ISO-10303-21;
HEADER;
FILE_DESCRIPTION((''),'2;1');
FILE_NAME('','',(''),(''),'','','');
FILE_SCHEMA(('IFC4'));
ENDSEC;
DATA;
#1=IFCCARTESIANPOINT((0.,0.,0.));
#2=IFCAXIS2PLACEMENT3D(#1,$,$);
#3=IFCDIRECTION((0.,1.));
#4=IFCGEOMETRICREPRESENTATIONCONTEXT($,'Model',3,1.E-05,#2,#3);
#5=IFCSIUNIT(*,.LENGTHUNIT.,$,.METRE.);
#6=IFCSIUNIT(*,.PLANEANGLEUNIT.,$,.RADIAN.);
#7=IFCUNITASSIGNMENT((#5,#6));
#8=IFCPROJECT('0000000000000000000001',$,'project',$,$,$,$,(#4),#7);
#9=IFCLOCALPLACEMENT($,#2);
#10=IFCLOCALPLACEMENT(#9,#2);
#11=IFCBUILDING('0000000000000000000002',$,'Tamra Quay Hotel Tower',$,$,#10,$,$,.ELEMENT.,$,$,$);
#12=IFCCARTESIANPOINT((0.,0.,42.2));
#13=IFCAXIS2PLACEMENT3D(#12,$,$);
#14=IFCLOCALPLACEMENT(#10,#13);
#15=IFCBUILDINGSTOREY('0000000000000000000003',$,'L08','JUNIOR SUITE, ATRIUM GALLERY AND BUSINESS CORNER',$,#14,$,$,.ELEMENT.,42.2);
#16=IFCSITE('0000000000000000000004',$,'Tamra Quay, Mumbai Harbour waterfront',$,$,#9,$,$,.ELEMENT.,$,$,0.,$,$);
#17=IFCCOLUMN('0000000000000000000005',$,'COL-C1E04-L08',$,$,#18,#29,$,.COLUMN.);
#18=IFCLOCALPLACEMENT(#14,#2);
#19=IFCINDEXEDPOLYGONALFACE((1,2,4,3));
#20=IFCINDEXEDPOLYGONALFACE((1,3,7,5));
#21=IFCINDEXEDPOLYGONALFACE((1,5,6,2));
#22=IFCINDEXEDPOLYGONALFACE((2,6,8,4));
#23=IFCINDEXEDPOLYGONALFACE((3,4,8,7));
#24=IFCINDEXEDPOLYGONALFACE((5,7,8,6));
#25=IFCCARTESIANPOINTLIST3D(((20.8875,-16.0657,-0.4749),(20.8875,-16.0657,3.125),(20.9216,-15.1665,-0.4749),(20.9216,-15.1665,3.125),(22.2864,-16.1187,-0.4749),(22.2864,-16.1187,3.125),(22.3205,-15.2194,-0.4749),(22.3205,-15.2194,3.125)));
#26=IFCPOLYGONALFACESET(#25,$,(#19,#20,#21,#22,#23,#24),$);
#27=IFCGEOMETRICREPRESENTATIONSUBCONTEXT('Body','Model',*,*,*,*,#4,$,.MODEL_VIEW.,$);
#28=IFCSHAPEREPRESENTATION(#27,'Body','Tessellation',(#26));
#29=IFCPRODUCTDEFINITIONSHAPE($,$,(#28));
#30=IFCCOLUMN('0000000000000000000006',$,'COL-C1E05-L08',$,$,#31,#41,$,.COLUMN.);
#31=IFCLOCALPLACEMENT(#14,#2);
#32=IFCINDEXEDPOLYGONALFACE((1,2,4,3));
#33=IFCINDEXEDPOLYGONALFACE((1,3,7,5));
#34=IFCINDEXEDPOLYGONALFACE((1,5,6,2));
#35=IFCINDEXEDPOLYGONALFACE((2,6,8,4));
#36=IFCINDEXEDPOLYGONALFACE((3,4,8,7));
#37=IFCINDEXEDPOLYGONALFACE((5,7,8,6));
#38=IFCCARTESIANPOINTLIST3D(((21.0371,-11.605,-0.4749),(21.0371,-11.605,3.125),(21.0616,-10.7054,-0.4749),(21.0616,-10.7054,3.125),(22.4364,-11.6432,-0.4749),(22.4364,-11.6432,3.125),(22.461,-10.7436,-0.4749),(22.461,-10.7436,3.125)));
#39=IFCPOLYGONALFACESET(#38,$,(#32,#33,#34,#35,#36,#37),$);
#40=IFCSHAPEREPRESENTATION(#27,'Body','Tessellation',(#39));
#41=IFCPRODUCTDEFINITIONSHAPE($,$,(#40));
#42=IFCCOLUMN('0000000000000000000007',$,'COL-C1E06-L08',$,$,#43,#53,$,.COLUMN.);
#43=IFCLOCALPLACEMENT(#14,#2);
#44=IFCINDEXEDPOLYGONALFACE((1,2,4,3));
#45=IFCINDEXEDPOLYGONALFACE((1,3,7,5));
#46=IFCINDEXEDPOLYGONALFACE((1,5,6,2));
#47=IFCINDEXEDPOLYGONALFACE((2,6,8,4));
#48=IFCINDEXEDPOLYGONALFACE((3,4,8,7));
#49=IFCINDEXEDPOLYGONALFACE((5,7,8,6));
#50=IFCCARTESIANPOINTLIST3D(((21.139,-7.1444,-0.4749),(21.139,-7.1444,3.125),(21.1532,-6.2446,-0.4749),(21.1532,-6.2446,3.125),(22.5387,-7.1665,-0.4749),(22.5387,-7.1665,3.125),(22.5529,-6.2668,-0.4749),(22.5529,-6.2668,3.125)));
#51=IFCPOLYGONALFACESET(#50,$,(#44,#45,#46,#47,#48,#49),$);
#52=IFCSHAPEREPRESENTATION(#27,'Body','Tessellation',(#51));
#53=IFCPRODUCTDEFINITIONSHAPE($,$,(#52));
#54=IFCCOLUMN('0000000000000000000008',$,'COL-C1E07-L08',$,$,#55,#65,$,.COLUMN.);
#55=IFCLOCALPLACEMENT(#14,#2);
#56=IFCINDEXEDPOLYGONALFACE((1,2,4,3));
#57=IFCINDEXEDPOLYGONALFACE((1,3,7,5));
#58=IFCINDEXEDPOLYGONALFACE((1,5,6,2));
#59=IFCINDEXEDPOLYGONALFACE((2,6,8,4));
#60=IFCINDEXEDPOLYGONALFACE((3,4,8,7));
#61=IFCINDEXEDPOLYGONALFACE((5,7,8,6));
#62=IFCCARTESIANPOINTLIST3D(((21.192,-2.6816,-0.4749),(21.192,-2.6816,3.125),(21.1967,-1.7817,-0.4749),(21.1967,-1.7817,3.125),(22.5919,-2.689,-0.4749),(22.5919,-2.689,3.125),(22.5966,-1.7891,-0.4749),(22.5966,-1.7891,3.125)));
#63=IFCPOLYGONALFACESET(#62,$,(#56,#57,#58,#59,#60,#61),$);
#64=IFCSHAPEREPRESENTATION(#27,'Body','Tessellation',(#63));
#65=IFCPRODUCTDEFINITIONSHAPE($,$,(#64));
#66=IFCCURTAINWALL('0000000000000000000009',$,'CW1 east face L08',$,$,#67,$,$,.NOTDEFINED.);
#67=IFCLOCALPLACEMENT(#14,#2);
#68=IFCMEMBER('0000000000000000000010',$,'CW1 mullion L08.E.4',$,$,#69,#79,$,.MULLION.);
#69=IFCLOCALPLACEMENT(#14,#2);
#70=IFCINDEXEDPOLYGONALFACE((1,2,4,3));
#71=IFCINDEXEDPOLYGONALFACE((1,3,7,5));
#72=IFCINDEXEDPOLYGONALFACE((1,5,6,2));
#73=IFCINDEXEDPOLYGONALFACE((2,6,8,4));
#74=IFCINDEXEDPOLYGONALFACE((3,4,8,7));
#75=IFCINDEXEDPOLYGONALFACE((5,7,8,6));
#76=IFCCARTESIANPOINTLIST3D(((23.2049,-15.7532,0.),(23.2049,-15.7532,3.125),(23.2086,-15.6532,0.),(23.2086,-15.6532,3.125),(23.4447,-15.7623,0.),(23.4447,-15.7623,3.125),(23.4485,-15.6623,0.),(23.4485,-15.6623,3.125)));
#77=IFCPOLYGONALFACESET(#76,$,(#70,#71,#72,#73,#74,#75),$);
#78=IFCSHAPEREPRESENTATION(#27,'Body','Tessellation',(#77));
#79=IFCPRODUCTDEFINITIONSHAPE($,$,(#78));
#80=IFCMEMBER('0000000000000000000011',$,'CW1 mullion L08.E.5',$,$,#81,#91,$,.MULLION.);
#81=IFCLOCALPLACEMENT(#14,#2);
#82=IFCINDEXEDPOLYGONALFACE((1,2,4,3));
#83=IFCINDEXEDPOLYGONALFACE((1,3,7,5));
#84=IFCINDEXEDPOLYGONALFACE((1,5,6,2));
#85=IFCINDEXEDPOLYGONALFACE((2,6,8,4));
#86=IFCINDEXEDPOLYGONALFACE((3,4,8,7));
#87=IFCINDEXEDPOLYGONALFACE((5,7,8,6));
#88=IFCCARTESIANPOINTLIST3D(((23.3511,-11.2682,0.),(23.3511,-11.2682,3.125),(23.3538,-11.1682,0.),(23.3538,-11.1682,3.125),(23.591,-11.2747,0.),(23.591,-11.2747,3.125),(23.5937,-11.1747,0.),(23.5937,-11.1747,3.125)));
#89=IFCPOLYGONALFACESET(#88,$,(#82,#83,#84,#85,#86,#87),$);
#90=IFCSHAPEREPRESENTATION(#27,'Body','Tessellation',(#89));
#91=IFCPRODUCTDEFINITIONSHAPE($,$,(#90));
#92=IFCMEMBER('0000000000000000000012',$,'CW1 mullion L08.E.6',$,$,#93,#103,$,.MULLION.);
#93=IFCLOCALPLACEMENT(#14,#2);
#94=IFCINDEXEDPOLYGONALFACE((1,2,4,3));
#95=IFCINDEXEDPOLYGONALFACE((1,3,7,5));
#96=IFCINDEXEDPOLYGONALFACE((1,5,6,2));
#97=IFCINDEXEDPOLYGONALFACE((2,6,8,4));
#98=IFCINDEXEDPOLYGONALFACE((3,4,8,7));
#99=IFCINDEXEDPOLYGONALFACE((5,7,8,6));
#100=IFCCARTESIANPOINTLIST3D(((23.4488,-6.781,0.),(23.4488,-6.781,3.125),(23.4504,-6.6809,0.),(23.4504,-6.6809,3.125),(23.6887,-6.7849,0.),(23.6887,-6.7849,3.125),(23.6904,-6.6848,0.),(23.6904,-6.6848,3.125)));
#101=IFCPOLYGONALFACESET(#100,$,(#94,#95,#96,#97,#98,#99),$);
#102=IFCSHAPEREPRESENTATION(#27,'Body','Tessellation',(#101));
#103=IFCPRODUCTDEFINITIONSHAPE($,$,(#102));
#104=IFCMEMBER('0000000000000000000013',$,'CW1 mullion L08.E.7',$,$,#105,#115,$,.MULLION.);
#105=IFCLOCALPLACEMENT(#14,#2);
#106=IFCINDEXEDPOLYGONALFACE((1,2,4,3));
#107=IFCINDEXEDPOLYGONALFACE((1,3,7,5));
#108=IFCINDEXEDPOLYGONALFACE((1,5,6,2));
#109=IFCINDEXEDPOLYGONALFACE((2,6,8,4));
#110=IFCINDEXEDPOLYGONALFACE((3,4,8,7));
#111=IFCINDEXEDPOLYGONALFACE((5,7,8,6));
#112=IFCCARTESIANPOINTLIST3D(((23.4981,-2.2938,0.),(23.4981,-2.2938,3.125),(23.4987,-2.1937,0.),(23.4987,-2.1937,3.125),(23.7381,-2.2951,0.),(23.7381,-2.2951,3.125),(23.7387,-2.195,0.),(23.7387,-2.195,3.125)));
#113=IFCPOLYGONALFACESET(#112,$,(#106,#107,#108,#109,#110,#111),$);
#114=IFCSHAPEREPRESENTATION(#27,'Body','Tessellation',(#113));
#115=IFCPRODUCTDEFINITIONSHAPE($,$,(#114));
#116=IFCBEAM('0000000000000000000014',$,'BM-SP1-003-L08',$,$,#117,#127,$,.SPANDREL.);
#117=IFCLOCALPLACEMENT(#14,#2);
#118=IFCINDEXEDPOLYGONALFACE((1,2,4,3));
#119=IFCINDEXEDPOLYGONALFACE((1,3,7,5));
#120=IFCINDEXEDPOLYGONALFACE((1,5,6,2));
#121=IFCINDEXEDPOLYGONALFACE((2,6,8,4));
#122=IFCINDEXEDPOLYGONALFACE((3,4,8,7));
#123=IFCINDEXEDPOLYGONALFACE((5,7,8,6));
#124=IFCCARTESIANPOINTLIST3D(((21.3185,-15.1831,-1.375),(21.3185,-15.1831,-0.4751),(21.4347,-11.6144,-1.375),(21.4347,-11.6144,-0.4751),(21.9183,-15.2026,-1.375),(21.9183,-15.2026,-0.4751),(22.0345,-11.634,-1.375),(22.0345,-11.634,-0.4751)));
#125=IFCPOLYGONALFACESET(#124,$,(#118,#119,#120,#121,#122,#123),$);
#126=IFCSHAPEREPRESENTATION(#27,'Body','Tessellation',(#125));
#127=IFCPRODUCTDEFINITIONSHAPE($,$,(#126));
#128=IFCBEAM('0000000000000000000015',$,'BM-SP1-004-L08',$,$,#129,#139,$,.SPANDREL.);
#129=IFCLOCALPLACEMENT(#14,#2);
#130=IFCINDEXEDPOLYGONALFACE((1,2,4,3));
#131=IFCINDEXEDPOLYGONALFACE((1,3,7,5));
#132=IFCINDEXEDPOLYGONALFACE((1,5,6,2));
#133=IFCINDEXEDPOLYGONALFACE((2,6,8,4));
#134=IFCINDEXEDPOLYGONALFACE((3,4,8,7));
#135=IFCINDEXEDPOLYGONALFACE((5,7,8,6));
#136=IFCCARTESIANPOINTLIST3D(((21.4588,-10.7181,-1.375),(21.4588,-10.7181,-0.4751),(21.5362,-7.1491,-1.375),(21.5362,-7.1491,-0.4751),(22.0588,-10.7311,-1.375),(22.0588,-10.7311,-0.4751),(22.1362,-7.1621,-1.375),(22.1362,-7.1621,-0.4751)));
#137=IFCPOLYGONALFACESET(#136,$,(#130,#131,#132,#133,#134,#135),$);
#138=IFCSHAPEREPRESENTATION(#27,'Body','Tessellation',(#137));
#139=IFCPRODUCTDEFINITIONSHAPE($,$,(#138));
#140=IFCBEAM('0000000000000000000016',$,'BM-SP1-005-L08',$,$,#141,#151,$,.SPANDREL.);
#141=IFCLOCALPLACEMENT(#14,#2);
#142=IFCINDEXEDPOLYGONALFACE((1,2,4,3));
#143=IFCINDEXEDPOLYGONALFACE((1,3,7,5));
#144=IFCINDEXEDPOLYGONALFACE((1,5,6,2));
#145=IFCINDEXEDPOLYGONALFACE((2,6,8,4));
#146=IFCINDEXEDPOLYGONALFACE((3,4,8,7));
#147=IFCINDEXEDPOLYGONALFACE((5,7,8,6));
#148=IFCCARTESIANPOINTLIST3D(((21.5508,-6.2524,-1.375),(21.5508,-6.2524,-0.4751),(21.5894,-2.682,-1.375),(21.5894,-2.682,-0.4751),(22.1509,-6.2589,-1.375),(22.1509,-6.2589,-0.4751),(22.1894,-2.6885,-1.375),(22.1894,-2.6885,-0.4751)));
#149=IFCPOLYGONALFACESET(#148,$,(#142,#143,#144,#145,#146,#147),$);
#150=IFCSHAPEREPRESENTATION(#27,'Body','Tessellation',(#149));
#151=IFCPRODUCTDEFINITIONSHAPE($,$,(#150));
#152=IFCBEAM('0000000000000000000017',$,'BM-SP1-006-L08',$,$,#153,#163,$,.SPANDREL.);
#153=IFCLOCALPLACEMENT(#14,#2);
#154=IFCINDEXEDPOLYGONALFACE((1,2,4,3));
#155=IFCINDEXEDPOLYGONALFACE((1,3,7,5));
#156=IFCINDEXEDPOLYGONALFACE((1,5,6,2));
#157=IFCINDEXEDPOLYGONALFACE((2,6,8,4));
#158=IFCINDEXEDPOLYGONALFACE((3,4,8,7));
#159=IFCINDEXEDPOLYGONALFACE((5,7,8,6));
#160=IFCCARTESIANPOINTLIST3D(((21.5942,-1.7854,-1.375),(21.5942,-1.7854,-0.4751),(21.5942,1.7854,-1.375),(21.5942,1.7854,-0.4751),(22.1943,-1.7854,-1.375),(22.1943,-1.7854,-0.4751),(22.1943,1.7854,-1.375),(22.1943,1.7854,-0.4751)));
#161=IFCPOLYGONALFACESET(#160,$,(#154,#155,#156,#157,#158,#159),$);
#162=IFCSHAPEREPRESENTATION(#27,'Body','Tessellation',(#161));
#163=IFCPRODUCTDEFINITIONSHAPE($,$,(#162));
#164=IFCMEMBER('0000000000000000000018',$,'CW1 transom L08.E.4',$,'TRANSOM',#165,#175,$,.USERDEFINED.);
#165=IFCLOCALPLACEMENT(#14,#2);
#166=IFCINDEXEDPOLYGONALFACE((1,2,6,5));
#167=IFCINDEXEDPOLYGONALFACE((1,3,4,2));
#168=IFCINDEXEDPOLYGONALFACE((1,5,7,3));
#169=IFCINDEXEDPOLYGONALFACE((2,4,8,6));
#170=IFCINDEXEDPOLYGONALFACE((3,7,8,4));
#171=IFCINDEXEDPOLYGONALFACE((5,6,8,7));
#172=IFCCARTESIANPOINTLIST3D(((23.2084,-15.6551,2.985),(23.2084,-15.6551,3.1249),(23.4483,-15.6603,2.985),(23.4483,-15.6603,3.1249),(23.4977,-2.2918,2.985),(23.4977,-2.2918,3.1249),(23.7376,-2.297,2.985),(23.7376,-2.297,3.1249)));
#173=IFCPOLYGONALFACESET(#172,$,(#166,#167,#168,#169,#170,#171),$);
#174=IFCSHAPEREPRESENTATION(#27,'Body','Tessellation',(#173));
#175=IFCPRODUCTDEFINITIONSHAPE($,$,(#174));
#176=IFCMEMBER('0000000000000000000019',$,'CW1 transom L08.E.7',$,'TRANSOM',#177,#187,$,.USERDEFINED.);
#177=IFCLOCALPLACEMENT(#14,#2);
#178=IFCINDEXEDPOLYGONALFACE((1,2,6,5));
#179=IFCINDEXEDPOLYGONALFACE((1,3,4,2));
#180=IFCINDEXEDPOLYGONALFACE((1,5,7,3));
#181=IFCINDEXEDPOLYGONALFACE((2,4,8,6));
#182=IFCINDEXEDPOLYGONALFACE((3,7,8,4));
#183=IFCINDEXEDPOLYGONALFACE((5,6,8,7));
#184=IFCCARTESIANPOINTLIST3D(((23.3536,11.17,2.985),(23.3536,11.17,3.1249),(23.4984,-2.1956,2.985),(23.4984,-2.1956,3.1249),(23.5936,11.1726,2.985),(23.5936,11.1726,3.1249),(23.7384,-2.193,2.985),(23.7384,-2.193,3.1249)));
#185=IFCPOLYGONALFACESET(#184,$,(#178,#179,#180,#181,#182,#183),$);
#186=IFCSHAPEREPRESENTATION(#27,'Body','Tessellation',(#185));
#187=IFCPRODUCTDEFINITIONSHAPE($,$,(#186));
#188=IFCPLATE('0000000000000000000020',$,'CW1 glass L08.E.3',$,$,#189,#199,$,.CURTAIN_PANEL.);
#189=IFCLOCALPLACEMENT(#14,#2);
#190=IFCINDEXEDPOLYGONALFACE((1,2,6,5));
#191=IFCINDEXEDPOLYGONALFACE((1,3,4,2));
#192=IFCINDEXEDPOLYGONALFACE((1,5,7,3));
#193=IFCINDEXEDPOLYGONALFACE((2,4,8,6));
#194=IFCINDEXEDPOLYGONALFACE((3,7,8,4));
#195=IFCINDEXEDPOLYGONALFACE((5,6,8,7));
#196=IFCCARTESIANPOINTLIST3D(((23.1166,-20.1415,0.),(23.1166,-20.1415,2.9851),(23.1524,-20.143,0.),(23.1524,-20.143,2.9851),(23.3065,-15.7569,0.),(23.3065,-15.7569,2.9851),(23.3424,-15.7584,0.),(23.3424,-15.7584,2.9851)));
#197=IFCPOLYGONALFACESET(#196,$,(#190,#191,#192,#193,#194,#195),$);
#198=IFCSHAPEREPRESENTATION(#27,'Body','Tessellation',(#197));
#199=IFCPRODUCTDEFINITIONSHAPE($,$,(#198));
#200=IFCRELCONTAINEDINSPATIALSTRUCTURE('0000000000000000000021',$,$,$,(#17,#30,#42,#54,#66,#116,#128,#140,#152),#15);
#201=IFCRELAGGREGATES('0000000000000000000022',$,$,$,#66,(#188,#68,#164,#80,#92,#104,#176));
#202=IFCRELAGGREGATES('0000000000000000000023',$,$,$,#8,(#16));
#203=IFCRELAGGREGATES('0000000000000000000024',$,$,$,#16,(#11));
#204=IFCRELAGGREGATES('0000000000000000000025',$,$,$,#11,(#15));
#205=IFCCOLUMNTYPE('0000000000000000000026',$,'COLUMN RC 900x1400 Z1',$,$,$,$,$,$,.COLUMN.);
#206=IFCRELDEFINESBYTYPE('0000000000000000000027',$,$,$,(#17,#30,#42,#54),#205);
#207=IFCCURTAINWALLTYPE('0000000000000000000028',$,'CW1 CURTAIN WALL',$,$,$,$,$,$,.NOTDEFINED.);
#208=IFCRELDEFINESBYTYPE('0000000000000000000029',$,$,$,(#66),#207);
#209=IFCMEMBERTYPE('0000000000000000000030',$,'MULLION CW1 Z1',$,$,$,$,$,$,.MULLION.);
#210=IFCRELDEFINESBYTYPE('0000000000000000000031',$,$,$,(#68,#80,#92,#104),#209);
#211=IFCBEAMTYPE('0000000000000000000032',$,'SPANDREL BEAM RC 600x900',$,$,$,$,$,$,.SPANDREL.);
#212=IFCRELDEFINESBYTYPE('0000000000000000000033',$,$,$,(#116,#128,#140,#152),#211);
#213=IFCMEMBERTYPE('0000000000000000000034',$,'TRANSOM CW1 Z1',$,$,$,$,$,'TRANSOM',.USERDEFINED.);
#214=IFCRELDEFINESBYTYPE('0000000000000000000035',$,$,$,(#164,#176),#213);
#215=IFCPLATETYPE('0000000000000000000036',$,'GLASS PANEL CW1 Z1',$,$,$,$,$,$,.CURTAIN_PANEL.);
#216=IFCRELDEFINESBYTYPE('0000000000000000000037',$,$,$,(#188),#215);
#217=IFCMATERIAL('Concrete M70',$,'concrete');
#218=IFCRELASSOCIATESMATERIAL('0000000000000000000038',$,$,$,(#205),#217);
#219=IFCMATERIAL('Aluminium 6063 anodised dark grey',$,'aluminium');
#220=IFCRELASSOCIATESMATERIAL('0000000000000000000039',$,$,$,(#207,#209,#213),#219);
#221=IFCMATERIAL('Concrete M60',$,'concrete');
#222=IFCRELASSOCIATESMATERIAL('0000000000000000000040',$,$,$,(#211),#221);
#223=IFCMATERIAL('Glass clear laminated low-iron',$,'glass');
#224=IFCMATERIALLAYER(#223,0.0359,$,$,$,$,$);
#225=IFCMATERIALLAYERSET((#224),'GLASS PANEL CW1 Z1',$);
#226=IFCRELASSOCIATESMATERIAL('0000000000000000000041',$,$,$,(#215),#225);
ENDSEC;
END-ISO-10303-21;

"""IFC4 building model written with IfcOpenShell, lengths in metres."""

from ifc_helpers import new_model, si_unit, direction, frame, origin, origin_2d, place, context, subcontext, project, spatial, rectangle, extrude, material, layer, layer_set, material_profile, profile_set, type_object, element, aggregate, save


model = new_model("IFC4")

# Units and contexts
model_context = context("Model", 3, precision=1e-05, world=origin(), true_north=direction((0.0, 1.0)))
body_context = subcontext(model_context, "Body", "Model", "MODEL_VIEW")
ifc_project = project(units=[si_unit("LENGTHUNIT", "METRE"), si_unit("PLANEANGLEUNIT", "RADIAN")], contexts=[model_context])

# Site, building, storey
site_placement = place(None, origin())
site = spatial("IfcSite", under=ifc_project, at=site_placement, Name="Tamra Quay, Mumbai Harbour waterfront", CompositionType="ELEMENT", RefElevation=0.0)
building_placement = place(site_placement, origin())
building = spatial("IfcBuilding", under=site, at=building_placement, Name="Tamra Quay Hotel Tower", CompositionType="ELEMENT")
storey_placement = place(building_placement, frame((0.0, 0.0, 42.2)))
storey = spatial("IfcBuildingStorey", under=building, at=storey_placement, Name="L08", Description="JUNIOR SUITE, ATRIUM GALLERY AND BUSINESS CORNER", CompositionType="ELEMENT", Elevation=42.2)

# Columns
ifc_material_1 = material(Name="Concrete M70", Category="concrete")
ifc_material_profile_1 = material_profile(ifc_material_1, rectangle(XDim=1.3999, YDim=0.8999, at=origin_2d()), Name="COLUMN RC 900x1400 Z1")
ifc_profile_set_1 = profile_set([ifc_material_profile_1], Name="Concrete M70")
column_type = type_object("IfcColumnType", Name="COLUMN RC 900x1400 Z1", PredefinedType="COLUMN", material=ifc_profile_set_1)
for number, where, z_axis, x_axis, name in (
    (1, (21.604, -15.6426, -0.4749), (0.0, 0.0, 1.0), (-0.999285, 0.037812, 0.0), "COL-C1E04-L08"),
    (2, (21.749, -11.1743, -0.4749), (0.0, 0.0, 1.0), (-0.999628, 0.027269, 0.0), "COL-C1E05-L08"),
    (3, (21.8459, -6.7056, -0.4749), (0.0, 0.0, 1.0), (-0.999875, 0.015838, 0.0), "COL-C1E06-L08"),
    (4, (21.8943, -2.2354, -0.4749), (0.0, 0.0, 1.0), (-0.999986, 0.00528, 0.0), "COL-C1E07-L08"),
):
    element("IfcColumn", number, at=place(storey_placement, frame(where, z_axis=z_axis, x_axis=x_axis)), inside=storey, type_object=column_type, Name=name, PredefinedType="COLUMN", context=body_context, shape_type="SweptSolid", body=[
        extrude(rectangle(XDim=1.3999, YDim=0.8999, at=origin_2d()), origin(), (0.0, 0.0, 1.0), 3.5999),
    ])

# Curtain wall, members
ifc_material_2 = material(Name="Aluminium 6063 anodised dark grey", Category="aluminium")
curtain_wall_type = type_object("IfcCurtainWallType", Name="CW1 CURTAIN WALL", PredefinedType="NOTDEFINED", material=ifc_material_2)
curtain_wall_placement = place(storey_placement, origin())
curtain_wall = element("IfcCurtainWall", 5, at=curtain_wall_placement, inside=storey, type_object=curtain_wall_type, Name="CW1 east face L08", PredefinedType="NOTDEFINED")
ifc_material_profile_2 = material_profile(ifc_material_2, rectangle(XDim=0.24, YDim=0.1001, at=origin_2d()), Name="MULLION 100X240")
ifc_profile_set_2 = profile_set([ifc_material_profile_2], Name="Aluminium 6063 anodised dark grey")
member_type_1 = type_object("IfcMemberType", Name="MULLION CW1 Z1", PredefinedType="MULLION", material=ifc_profile_set_2)
member_1_placement = place(storey_placement, frame((23.3267, -15.7078, 0.0), z_axis=(0.0, 0.0, 1.0), x_axis=(0.999282, -0.037881, 0.0)))
member_1 = element("IfcMember", 6, at=member_1_placement, type_object=member_type_1, Name="CW1 mullion L08.E.4", PredefinedType="MULLION", context=body_context, shape_type="SweptSolid", body=[
    extrude(rectangle(XDim=0.24, YDim=0.1001, at=origin_2d()), origin(), (0.0, 0.0, 1.0), 3.125),
])
member_2_placement = place(storey_placement, frame((23.4724, -11.2214, 0.0), z_axis=(0.0, 0.0, 1.0), x_axis=(0.999634, -0.027067, 0.0)))
member_2 = element("IfcMember", 7, at=member_2_placement, type_object=member_type_1, Name="CW1 mullion L08.E.5", PredefinedType="MULLION", context=body_context, shape_type="SweptSolid", body=[
    extrude(rectangle(XDim=0.24, YDim=0.1001, at=origin_2d()), origin(), (0.0, 0.0, 1.0), 3.125),
])
member_3_placement = place(storey_placement, frame((23.5696, -6.7329, 0.0), z_axis=(0.0, 0.0, 1.0), x_axis=(0.999868, -0.016247, 0.0)))
member_3 = element("IfcMember", 8, at=member_3_placement, type_object=member_type_1, Name="CW1 mullion L08.E.6", PredefinedType="MULLION", context=body_context, shape_type="SweptSolid", body=[
    extrude(rectangle(XDim=0.24, YDim=0.1001, at=origin_2d()), origin(), (0.0, 0.0, 1.0), 3.125),
])
member_4_placement = place(storey_placement, frame((23.6184, -2.2444, 0.0), z_axis=(0.0, 0.0, 1.0), x_axis=(0.999985, -0.005418, 0.0)))
member_4 = element("IfcMember", 9, at=member_4_placement, type_object=member_type_1, Name="CW1 mullion L08.E.7", PredefinedType="MULLION", context=body_context, shape_type="SweptSolid", body=[
    extrude(rectangle(XDim=0.24, YDim=0.1001, at=origin_2d()), origin(), (0.0, 0.0, 1.0), 3.125),
])

# Beams
ifc_material_3 = material(Name="Concrete M60", Category="concrete")
ifc_material_profile_3 = material_profile(ifc_material_3, rectangle(XDim=0.6001, YDim=0.8999, at=origin_2d()), Name="SPANDREL BEAM RC 600x900")
ifc_profile_set_3 = profile_set([ifc_material_profile_3], Name="Concrete M60")
beam_type = type_object("IfcBeamType", Name="SPANDREL BEAM RC 600x900", PredefinedType="SPANDREL", material=ifc_profile_set_3)
beam_1_placement = place(storey_placement, frame((21.6184, -15.1929, -0.925), z_axis=(0.032548, 0.99947, 0.0), x_axis=(-0.99947, 0.032548, 0.0)))
element("IfcBeam", 10, at=beam_1_placement, inside=storey, type_object=beam_type, Name="BM-SP1-003-L08", PredefinedType="SPANDREL", context=body_context, shape_type="SweptSolid", body=[
    extrude(rectangle(XDim=0.6001, YDim=0.8999, at=origin_2d()), origin(), (0.0, 0.0, 1.0), 3.5706),
])
beam_2_placement = place(storey_placement, frame((21.7588, -10.7246, -0.925), z_axis=(0.021679, 0.999765, 0.0), x_axis=(-0.999765, 0.021679, 0.0)))
element("IfcBeam", 11, at=beam_2_placement, inside=storey, type_object=beam_type, Name="BM-SP1-004-L08", PredefinedType="SPANDREL", context=body_context, shape_type="SweptSolid", body=[
    extrude(rectangle(XDim=0.6001, YDim=0.8999, at=origin_2d()), origin(), (0.0, 0.0, 1.0), 3.5698),
])
beam_3_placement = place(storey_placement, frame((21.8508, -6.2556, -0.925), z_axis=(0.010804, 0.999942, 0.0), x_axis=(-0.999942, 0.010804, 0.0)))
element("IfcBeam", 12, at=beam_3_placement, inside=storey, type_object=beam_type, Name="BM-SP1-005-L08", PredefinedType="SPANDREL", context=body_context, shape_type="SweptSolid", body=[
    extrude(rectangle(XDim=0.6001, YDim=0.8999, at=origin_2d()), origin(), (0.0, 0.0, 1.0), 3.5706),
])
beam_4_placement = place(storey_placement, frame((21.8943, -1.7854, -0.925), z_axis=(0.0, 1.0, 0.0), x_axis=(-1.0, 0.0, 0.0)))
element("IfcBeam", 13, at=beam_4_placement, inside=storey, type_object=beam_type, Name="BM-SP1-006-L08", PredefinedType="SPANDREL", context=body_context, shape_type="SweptSolid", body=[
    extrude(rectangle(XDim=0.6001, YDim=0.8999, at=origin_2d()), origin(), (0.0, 0.0, 1.0), 3.5708),
])

# Members
ifc_material_profile_4 = material_profile(ifc_material_2, rectangle(XDim=0.24, YDim=0.1399, at=origin_2d()), Name="TRANSOM 240X140")
ifc_profile_set_4 = profile_set([ifc_material_profile_4], Name="Aluminium 6063 anodised dark grey")
member_type_2 = type_object("IfcMemberType", Name="TRANSOM CW1 Z1", ElementType="TRANSOM", PredefinedType="USERDEFINED", material=ifc_profile_set_4)
member_5_placement = place(storey_placement, frame((23.3284, -15.6577, 3.0549), z_axis=(0.021644, 0.999766, 0.0), x_axis=(-0.999766, 0.021644, 0.0)))
member_5 = element("IfcMember", 14, at=member_5_placement, type_object=member_type_2, Name="CW1 transom L08.E.4", ObjectType="TRANSOM", PredefinedType="USERDEFINED", context=body_context, shape_type="SweptSolid", body=[
    extrude(rectangle(XDim=0.24, YDim=0.1399, at=origin_2d()), origin(), (0.0, 0.0, 1.0), 13.3665),
])
member_6_placement = place(storey_placement, frame((23.6184, -2.1943, 3.0549), z_axis=(-0.010831, 0.999941, 0.0), x_axis=(-0.999941, -0.010831, 0.0)))
member_6 = element("IfcMember", 15, at=member_6_placement, type_object=member_type_2, Name="CW1 transom L08.E.7", ObjectType="TRANSOM", PredefinedType="USERDEFINED", context=body_context, shape_type="SweptSolid", body=[
    extrude(rectangle(XDim=0.24, YDim=0.1399, at=origin_2d()), origin(), (0.0, 0.0, 1.0), 13.3665),
])

# Plate
ifc_material_4 = material(Name="Glass clear laminated low-iron", Category="glass")
ifc_layer_1 = layer(ifc_material_4, 0.0359)
ifc_layer_set_1 = layer_set([ifc_layer_1], Name="GLASS PANEL CW1 Z1")
plate_type = type_object("IfcPlateType", Name="GLASS PANEL CW1 Z1", PredefinedType="CURTAIN_PANEL", material=ifc_layer_set_1)
plate_1_placement = place(storey_placement, frame((23.2295, -17.95, 0.0), z_axis=(0.0, 0.0, 1.0), x_axis=(0.043286, 0.999063, 0.0)))
plate_1 = element("IfcPlate", 16, at=plate_1_placement, type_object=plate_type, Name="CW1 glass L08.E.3", PredefinedType="CURTAIN_PANEL", context=body_context, shape_type="SweptSolid", body=[
    extrude(rectangle(XDim=4.3887, YDim=0.0359, at=origin_2d()), origin(), (0.0, 0.0, 1.0), 2.9851),
])
aggregate(curtain_wall, [plate_1, member_1, member_5, member_2, member_3, member_4, member_6])

save(model, "model.ifc")
